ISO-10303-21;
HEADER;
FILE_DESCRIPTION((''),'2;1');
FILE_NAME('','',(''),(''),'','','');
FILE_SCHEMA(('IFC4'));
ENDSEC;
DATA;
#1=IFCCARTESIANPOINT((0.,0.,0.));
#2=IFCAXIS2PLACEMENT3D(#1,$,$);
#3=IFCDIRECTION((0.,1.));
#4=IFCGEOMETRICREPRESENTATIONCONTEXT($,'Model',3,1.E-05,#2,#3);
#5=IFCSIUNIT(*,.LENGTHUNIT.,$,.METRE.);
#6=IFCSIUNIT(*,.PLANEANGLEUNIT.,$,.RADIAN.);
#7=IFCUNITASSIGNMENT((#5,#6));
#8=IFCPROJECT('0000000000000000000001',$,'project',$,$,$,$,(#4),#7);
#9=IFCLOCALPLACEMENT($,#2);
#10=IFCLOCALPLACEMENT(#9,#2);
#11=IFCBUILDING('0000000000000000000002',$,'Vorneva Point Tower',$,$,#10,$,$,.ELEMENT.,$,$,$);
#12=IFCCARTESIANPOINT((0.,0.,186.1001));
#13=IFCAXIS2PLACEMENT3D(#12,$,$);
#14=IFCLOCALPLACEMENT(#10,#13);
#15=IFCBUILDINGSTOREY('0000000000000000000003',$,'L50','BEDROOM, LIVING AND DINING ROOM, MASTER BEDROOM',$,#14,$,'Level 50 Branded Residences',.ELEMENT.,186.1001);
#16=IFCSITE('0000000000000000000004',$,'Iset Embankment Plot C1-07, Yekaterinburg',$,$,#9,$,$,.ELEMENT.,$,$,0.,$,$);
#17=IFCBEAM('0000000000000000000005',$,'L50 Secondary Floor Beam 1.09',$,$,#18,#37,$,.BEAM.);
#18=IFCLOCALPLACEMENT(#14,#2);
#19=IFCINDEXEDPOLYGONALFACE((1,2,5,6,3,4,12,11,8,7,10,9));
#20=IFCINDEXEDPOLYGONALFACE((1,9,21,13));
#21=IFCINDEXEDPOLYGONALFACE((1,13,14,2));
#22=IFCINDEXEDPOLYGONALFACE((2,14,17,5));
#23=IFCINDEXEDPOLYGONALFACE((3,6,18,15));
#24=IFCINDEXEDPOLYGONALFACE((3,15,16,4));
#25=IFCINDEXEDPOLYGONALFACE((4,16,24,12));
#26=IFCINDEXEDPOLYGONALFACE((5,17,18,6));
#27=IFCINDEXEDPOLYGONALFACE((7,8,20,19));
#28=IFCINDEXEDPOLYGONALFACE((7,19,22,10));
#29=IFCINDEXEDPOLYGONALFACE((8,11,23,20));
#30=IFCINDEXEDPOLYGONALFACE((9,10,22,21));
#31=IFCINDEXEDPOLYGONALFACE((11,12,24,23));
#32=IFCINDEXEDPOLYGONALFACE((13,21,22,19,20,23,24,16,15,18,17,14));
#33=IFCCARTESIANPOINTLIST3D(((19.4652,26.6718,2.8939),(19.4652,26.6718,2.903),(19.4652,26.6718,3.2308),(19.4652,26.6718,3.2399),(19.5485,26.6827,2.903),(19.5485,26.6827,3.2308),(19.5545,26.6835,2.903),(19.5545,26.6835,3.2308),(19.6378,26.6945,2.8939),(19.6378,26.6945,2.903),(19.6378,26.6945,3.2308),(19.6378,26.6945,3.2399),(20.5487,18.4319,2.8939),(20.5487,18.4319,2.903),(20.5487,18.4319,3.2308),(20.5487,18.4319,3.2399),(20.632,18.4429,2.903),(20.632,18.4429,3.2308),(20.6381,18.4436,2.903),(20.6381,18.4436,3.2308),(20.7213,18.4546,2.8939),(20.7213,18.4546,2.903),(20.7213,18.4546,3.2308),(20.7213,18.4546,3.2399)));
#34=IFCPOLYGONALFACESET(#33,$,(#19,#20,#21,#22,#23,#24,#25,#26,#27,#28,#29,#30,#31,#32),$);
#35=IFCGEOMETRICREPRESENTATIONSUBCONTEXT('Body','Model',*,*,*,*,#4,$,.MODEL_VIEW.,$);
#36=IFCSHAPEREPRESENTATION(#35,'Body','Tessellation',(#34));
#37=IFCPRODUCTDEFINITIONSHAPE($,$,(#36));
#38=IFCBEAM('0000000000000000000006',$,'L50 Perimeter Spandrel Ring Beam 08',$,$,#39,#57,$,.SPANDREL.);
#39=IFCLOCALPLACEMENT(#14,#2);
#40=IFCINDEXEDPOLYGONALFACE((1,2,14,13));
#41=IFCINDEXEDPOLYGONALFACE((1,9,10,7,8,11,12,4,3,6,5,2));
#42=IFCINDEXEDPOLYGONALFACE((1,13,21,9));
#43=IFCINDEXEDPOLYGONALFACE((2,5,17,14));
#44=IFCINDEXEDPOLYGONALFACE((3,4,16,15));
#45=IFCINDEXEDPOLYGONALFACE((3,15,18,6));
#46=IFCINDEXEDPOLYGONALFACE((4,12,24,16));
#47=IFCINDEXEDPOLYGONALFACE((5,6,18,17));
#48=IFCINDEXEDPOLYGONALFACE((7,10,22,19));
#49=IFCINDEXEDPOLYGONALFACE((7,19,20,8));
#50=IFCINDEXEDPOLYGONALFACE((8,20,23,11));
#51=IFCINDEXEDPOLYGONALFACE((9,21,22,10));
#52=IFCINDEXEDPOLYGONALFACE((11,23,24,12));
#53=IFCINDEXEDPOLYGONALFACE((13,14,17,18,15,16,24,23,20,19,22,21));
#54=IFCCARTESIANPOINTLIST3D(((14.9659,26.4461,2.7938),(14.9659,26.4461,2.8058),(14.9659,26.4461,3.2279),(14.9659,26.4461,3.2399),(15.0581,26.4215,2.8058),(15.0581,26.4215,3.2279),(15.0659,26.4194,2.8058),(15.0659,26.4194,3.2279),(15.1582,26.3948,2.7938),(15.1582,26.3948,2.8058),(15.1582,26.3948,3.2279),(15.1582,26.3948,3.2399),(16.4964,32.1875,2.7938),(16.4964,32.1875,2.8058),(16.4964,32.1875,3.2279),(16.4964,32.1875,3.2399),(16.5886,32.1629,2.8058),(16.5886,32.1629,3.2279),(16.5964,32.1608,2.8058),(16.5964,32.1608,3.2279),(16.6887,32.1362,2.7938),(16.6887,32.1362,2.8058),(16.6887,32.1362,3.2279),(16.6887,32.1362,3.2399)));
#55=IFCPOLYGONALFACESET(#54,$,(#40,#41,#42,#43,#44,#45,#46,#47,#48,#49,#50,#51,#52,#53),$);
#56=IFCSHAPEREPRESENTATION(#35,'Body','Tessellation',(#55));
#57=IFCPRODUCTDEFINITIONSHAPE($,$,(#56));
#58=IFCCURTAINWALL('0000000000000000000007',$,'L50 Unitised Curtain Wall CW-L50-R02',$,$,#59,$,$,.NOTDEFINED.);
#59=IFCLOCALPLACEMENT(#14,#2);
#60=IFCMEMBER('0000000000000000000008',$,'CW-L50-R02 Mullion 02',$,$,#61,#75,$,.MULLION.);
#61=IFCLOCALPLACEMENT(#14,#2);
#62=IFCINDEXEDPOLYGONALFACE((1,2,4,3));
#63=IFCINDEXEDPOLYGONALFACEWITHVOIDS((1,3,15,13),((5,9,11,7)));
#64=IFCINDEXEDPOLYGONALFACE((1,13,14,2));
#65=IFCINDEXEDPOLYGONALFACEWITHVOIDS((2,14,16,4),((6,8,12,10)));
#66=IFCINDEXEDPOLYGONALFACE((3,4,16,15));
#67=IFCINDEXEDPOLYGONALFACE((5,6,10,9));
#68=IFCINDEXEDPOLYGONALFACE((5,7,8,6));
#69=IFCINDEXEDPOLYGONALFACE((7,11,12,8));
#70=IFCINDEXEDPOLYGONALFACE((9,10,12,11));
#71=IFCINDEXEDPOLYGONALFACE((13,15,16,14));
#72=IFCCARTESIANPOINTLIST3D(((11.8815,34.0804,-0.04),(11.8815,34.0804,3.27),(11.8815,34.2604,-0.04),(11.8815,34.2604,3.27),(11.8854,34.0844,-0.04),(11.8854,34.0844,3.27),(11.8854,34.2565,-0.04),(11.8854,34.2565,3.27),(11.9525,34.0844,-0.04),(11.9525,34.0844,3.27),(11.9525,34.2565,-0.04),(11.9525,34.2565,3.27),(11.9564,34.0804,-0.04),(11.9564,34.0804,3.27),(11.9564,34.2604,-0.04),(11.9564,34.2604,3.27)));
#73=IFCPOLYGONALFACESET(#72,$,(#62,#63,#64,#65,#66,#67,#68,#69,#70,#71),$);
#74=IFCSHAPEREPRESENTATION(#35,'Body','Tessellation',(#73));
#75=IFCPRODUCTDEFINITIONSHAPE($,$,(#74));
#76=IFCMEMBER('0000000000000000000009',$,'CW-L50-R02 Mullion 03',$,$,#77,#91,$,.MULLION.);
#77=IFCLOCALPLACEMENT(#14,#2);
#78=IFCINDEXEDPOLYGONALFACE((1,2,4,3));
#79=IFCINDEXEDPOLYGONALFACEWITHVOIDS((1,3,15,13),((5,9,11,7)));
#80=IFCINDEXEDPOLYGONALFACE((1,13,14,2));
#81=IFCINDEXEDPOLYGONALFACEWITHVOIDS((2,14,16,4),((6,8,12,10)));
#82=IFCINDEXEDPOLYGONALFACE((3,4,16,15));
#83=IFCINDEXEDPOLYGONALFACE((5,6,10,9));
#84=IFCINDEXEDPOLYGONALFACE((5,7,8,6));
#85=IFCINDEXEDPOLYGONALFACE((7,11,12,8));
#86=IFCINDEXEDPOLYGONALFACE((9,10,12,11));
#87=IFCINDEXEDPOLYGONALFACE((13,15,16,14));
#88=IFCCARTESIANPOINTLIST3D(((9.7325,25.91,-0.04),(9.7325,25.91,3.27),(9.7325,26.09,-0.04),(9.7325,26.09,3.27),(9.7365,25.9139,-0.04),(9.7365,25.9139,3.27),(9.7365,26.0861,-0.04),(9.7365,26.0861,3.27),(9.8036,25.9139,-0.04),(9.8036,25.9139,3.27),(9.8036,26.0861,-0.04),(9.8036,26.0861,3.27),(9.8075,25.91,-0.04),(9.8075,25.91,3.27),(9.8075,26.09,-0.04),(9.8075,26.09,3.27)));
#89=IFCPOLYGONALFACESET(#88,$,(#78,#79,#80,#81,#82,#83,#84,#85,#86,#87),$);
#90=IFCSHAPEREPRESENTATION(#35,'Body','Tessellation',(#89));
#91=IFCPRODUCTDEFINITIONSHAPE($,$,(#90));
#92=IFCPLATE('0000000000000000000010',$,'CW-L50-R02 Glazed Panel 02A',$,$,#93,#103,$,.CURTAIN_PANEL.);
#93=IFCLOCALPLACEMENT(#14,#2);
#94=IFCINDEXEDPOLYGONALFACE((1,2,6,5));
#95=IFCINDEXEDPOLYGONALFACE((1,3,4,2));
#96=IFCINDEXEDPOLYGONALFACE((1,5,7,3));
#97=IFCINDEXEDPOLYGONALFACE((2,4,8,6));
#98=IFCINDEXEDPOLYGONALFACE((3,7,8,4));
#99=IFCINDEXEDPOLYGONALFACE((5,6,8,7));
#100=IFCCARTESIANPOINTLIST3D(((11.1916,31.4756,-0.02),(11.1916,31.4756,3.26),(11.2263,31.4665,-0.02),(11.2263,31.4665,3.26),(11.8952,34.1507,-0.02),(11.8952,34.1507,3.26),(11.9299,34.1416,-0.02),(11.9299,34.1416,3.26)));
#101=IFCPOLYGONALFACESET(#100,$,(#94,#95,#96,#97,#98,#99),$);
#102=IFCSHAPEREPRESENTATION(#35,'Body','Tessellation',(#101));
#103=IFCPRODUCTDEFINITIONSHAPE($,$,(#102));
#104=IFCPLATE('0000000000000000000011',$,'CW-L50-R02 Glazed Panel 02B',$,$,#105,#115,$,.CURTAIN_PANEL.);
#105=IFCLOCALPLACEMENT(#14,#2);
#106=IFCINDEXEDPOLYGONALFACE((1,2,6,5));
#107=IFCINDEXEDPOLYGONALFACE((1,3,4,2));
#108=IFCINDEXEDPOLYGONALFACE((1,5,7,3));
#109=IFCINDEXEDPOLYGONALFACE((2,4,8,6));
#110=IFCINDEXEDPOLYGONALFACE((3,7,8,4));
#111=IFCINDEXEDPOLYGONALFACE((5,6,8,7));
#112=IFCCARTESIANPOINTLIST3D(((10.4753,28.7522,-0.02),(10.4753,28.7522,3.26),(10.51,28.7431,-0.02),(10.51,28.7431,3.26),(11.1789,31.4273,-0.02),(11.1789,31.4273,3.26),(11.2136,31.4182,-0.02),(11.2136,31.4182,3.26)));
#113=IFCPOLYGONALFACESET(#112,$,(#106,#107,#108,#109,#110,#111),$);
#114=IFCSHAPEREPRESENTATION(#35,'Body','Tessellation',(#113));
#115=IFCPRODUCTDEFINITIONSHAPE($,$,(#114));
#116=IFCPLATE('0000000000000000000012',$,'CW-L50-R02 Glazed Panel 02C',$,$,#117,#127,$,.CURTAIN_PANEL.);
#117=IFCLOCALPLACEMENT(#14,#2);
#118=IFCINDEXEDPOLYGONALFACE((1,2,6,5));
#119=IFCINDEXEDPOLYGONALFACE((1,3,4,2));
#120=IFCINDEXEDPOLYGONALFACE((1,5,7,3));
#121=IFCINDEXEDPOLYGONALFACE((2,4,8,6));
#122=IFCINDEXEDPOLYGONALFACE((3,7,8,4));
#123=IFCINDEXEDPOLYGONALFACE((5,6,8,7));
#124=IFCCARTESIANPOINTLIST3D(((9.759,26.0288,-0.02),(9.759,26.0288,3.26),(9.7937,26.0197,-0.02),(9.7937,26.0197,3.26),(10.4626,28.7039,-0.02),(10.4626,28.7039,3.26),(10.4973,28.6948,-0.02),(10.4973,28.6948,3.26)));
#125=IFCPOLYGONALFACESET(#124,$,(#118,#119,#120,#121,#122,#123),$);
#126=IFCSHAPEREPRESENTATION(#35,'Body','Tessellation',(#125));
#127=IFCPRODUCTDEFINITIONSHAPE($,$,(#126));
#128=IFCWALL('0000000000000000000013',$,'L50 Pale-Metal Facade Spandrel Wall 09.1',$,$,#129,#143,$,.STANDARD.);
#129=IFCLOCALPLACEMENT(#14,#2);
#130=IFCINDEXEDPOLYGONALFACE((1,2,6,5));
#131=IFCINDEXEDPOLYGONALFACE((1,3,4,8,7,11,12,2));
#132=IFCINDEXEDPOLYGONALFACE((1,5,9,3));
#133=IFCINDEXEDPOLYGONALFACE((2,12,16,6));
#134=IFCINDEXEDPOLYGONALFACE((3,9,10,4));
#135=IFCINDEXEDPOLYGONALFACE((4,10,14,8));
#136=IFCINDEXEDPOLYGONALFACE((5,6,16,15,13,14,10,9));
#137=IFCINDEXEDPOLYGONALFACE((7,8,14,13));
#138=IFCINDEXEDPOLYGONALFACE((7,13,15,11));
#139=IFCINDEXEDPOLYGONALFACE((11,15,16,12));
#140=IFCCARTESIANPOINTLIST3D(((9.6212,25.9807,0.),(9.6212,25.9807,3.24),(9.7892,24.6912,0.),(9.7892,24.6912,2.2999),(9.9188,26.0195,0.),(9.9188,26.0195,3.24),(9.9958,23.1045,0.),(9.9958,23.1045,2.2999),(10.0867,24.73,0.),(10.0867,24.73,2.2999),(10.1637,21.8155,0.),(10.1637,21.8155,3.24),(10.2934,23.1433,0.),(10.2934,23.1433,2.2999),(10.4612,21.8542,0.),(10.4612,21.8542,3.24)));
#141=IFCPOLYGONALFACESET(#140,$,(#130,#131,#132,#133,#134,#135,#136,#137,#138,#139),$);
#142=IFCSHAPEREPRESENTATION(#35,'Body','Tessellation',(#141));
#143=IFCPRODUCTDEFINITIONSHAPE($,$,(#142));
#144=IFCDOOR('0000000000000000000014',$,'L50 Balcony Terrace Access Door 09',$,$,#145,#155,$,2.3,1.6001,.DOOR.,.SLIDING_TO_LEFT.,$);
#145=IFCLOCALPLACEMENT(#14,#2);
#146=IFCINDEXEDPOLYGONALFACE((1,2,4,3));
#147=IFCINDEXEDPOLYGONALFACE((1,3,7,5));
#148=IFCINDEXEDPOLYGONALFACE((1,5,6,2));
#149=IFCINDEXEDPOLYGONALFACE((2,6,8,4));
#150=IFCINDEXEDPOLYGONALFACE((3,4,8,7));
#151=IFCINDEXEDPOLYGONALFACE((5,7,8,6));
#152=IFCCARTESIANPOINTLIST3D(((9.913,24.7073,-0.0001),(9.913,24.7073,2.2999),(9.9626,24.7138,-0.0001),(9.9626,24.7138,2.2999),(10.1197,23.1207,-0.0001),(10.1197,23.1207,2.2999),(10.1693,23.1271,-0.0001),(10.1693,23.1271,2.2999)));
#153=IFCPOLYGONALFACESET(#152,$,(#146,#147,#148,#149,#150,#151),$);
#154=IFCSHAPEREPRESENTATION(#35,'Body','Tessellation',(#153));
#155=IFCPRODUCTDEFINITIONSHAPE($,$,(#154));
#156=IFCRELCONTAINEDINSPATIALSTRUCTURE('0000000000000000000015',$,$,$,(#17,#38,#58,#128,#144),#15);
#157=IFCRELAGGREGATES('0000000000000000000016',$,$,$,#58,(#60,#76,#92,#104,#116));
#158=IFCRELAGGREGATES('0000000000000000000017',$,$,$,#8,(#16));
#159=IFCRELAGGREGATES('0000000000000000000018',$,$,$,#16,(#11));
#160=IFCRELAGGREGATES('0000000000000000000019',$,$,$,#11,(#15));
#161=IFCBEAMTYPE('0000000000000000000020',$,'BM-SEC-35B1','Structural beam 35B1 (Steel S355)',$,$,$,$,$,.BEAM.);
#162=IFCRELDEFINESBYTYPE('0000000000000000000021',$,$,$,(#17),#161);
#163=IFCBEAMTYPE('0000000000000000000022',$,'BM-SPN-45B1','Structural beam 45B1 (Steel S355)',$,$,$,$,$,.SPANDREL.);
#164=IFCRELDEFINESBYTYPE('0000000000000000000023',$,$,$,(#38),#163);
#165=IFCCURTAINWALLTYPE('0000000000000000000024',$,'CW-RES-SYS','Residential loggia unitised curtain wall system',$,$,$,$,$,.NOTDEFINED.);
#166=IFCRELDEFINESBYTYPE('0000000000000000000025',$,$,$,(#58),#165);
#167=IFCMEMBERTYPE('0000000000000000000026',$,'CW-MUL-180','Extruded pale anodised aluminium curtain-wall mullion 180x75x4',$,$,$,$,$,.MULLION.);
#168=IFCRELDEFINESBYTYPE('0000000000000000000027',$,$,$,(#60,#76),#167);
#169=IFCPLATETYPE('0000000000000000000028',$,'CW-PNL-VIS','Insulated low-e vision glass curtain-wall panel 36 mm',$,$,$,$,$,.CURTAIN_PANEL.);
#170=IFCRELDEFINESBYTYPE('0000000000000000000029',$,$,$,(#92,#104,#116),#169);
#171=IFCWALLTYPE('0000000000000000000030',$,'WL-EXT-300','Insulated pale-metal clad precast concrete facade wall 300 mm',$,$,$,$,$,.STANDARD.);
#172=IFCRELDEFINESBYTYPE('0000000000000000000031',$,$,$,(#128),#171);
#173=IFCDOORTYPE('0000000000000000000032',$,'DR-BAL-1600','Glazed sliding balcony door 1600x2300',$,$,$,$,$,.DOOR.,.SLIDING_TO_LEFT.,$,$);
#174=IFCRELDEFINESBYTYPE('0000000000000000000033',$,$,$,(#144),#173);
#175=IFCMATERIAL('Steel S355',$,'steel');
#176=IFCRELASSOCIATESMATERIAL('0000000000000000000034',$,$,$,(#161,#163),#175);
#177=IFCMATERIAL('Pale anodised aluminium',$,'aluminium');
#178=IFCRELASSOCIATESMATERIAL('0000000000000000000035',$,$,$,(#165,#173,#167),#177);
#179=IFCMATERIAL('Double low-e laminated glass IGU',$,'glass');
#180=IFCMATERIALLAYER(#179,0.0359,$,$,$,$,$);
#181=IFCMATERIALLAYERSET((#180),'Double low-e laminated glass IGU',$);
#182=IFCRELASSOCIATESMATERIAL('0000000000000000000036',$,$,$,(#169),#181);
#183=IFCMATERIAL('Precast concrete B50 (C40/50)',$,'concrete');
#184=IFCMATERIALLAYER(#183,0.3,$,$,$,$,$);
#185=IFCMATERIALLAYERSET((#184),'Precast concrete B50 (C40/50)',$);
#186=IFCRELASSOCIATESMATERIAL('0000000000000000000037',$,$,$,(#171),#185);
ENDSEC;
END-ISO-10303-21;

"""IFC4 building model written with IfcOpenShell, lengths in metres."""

from ifc_helpers import new_model, si_unit, direction, frame, frame_2d, origin, origin_2d, place, context, subcontext, project, spatial, rectangle, hollow_rectangle, i_section, extrude, material, layer, layer_set, material_profile, profile_set, type_object, element, fill, aggregate, save


model = new_model("IFC4")

# Units and contexts
model_context = context("Model", 3, precision=1e-05, world=origin(), true_north=direction((0.0, 1.0)))
body_context = subcontext(model_context, "Body", "Model", "MODEL_VIEW")
ifc_project = project(units=[si_unit("LENGTHUNIT", "METRE"), si_unit("PLANEANGLEUNIT", "RADIAN")], contexts=[model_context])

# Site, building, storey
site_placement = place(None, origin())
site = spatial("IfcSite", under=ifc_project, at=site_placement, Name="Iset Embankment Plot C1-07, Yekaterinburg", CompositionType="ELEMENT", RefElevation=0.0)
building_placement = place(site_placement, origin())
building = spatial("IfcBuilding", under=site, at=building_placement, Name="Vorneva Point Tower", CompositionType="ELEMENT")
storey_placement = place(building_placement, frame((0.0, 0.0, 186.1001)))
storey = spatial("IfcBuildingStorey", under=building, at=storey_placement, Name="L50", Description="BEDROOM, LIVING AND DINING ROOM, MASTER BEDROOM", LongName="Level 50 Branded Residences", CompositionType="ELEMENT", Elevation=186.1001)

# Beams
ifc_material_1 = material(Name="Steel S355", Category="steel")
ifc_material_profile_1 = material_profile(ifc_material_1, i_section(OverallWidth=0.1741, OverallDepth=0.3459, WebThickness=0.0061, FlangeThickness=0.009, at=origin_2d()), Name="35B1")
ifc_profile_set_1 = profile_set([ifc_material_profile_1], Name="Steel S355")
beam_type_1 = type_object("IfcBeamType", Name="BM-SEC-35B1", Description="Structural beam 35B1 (Steel S355)", PredefinedType="BEAM", material=ifc_profile_set_1)
beam_1_placement = place(storey_placement, frame((19.5515, 26.6831, 3.0669), z_axis=(0.130374, -0.991465, 0.0), x_axis=(0.991465, 0.130374, 0.0)))
element("IfcBeam", 1, at=beam_1_placement, inside=storey, type_object=beam_type_1, Name="L50 Secondary Floor Beam 1.09", PredefinedType="BEAM", context=body_context, shape_type="SweptSolid", body=[
    extrude(i_section(OverallWidth=0.1741, OverallDepth=0.3459, WebThickness=0.0061, FlangeThickness=0.009, at=origin_2d()), origin(), (0.0, 0.0, 1.0), 8.3108),
])
ifc_material_profile_2 = material_profile(ifc_material_1, i_section(OverallWidth=0.199, OverallDepth=0.446, WebThickness=0.0081, FlangeThickness=0.012, at=origin_2d()), Name="45B1")
ifc_profile_set_2 = profile_set([ifc_material_profile_2], Name="Steel S355")
beam_type_2 = type_object("IfcBeamType", Name="BM-SPN-45B1", Description="Structural beam 45B1 (Steel S355)", PredefinedType="SPANDREL", material=ifc_profile_set_2)
beam_2_placement = place(storey_placement, frame((16.5925, 32.1619, 3.0168), z_axis=(-0.257578, -0.966257, 0.0), x_axis=(0.966257, -0.257578, 0.0)))
element("IfcBeam", 2, at=beam_2_placement, inside=storey, type_object=beam_type_2, Name="L50 Perimeter Spandrel Ring Beam 08", PredefinedType="SPANDREL", context=body_context, shape_type="SweptSolid", body=[
    extrude(i_section(OverallWidth=0.199, OverallDepth=0.446, WebThickness=0.0081, FlangeThickness=0.012, at=origin_2d()), origin(), (0.0, 0.0, 1.0), 5.9419),
])

# Curtain wall, members, plates
ifc_material_2 = material(Name="Pale anodised aluminium", Category="aluminium")
curtain_wall_type = type_object("IfcCurtainWallType", Name="CW-RES-SYS", Description="Residential loggia unitised curtain wall system", PredefinedType="NOTDEFINED", material=ifc_material_2)
curtain_wall_placement = place(storey_placement, origin())
curtain_wall = element("IfcCurtainWall", 3, at=curtain_wall_placement, inside=storey, type_object=curtain_wall_type, Name="L50 Unitised Curtain Wall CW-L50-R02", PredefinedType="NOTDEFINED")
ifc_material_profile_3 = material_profile(ifc_material_2, hollow_rectangle(XDim=0.075, YDim=0.1799, WallThickness=0.0039, at=origin_2d()), Name="AL-MUL 180x75x4")
ifc_profile_set_3 = profile_set([ifc_material_profile_3], Name="Pale anodised aluminium")
member_type = type_object("IfcMemberType", Name="CW-MUL-180", Description="Extruded pale anodised aluminium curtain-wall mullion 180x75x4", PredefinedType="MULLION", material=ifc_profile_set_3)
member_1_placement = place(storey_placement, frame((11.9189, 34.1704, -0.04), z_axis=(0.0, 0.0, 1.0), x_axis=(1.0, 0.0, 0.0)))
member_1 = element("IfcMember", 4, at=member_1_placement, type_object=member_type, Name="CW-L50-R02 Mullion 02", PredefinedType="MULLION", context=body_context, shape_type="SweptSolid", body=[
    extrude(hollow_rectangle(XDim=0.075, YDim=0.1799, WallThickness=0.0039, at=origin_2d()), origin(), (0.0, 0.0, 1.0), 3.3101),
])
member_2_placement = place(storey_placement, frame((9.77, 26.0, -0.04), z_axis=(0.0, 0.0, 1.0), x_axis=(1.0, 0.0, 0.0)))
member_2 = element("IfcMember", 5, at=member_2_placement, type_object=member_type, Name="CW-L50-R02 Mullion 03", PredefinedType="MULLION", context=body_context, shape_type="SweptSolid", body=[
    extrude(hollow_rectangle(XDim=0.075, YDim=0.1799, WallThickness=0.0039, at=origin_2d()), origin(), (0.0, 0.0, 1.0), 3.3101),
])
ifc_material_3 = material(Name="Double low-e laminated glass IGU", Category="glass")
ifc_layer_1 = layer(ifc_material_3, 0.0359)
ifc_layer_set_1 = layer_set([ifc_layer_1], Name="Double low-e laminated glass IGU")
plate_type = type_object("IfcPlateType", Name="CW-PNL-VIS", Description="Insulated low-e vision glass curtain-wall panel 36 mm", PredefinedType="CURTAIN_PANEL", material=ifc_layer_set_1)
plate_1_placement = place(storey_placement, frame((11.5608, 32.8086, -0.02), z_axis=(0.0, 0.0, 1.0), x_axis=(-0.254366, -0.967108, 0.0)))
plate_1 = element("IfcPlate", 6, at=plate_1_placement, type_object=plate_type, Name="CW-L50-R02 Glazed Panel 02A", PredefinedType="CURTAIN_PANEL", context=body_context, shape_type="SweptSolid", body=[
    extrude(rectangle(XDim=2.7661, YDim=0.0359, at=origin_2d()), origin(), (0.0, 0.0, 1.0), 3.28),
])
plate_2_placement = place(storey_placement, frame((10.8445, 30.0852, -0.02), z_axis=(0.0, 0.0, 1.0), x_axis=(-0.254366, -0.967108, 0.0)))
plate_2 = element("IfcPlate", 7, at=plate_2_placement, type_object=plate_type, Name="CW-L50-R02 Glazed Panel 02B", PredefinedType="CURTAIN_PANEL", context=body_context, shape_type="SweptSolid", body=[
    extrude(rectangle(XDim=2.7661, YDim=0.0359, at=origin_2d()), origin(), (0.0, 0.0, 1.0), 3.28),
])
plate_3_placement = place(storey_placement, frame((10.1282, 27.3618, -0.02), z_axis=(0.0, 0.0, 1.0), x_axis=(-0.254366, -0.967108, 0.0)))
plate_3 = element("IfcPlate", 8, at=plate_3_placement, type_object=plate_type, Name="CW-L50-R02 Glazed Panel 02C", PredefinedType="CURTAIN_PANEL", context=body_context, shape_type="SweptSolid", body=[
    extrude(rectangle(XDim=2.7661, YDim=0.0359, at=origin_2d()), origin(), (0.0, 0.0, 1.0), 3.28),
])
aggregate(curtain_wall, [member_1, member_2, plate_1, plate_2, plate_3])

# Wall, opening, door
ifc_material_4 = material(Name="Precast concrete B50 (C40/50)", Category="concrete")
ifc_layer_2 = layer(ifc_material_4, 0.3)
ifc_layer_set_2 = layer_set([ifc_layer_2], Name="Precast concrete B50 (C40/50)")
wall_type_1 = type_object("IfcWallType", Name="WL-EXT-300", Description="Insulated pale-metal clad precast concrete facade wall 300 mm", PredefinedType="STANDARD", material=ifc_layer_set_2)
wall_1_placement = place(storey_placement, frame((9.77, 26.0, 0.0), z_axis=(0.0, 0.0, 1.0), x_axis=(0.129148, -0.991625, 0.0)))
wall_1 = element("IfcWall", 9, at=wall_1_placement, inside=storey, type_object=wall_type_1, Name="L50 Pale-Metal Facade Spandrel Wall 09.1", PredefinedType="STANDARD", context=body_context, shape_type="SweptSolid", body=[
    extrude(rectangle(XDim=4.2004, YDim=0.3, at=frame_2d((2.1001, 0.0))), origin(), (0.0, 0.0, 1.0), 3.24),
])
opening_1_placement = place(wall_1_placement, frame((1.3003, 0.0, 0.0)))
opening_1 = element("IfcOpeningElement", 10, at=opening_1_placement, cuts=wall_1, PredefinedType="OPENING", context=body_context, shape_type="SweptSolid", body=[
    extrude(rectangle(XDim=1.6001, YDim=2.3, at=frame_2d((0.8, 1.1499))), frame((0.0, 0.165, 0.0), z_axis=(0.0, -1.0, 0.0), x_axis=(1.0, 0.0, 0.0)), (0.0, 0.0, 1.0), 0.3298),
])
door_type_1 = type_object("IfcDoorType", Name="DR-BAL-1600", Description="Glazed sliding balcony door 1600x2300", OperationType="SLIDING_TO_LEFT", PredefinedType="DOOR", material=ifc_material_2)
door_1_placement = place(opening_1_placement, origin())
door_1 = element("IfcDoor", 11, at=door_1_placement, inside=storey, type_object=door_type_1, Name="L50 Balcony Terrace Access Door 09", OperationType="SLIDING_TO_LEFT", OverallHeight=2.3, OverallWidth=1.6001, PredefinedType="DOOR", context=body_context, shape_type="SweptSolid", body=[
    extrude(rectangle(XDim=1.6001, YDim=2.3, at=frame_2d((0.8, 1.1499))), frame((0.0, 0.0249, 0.0), z_axis=(0.0, -1.0, 0.0), x_axis=(1.0, 0.0, 0.0)), (0.0, 0.0, 1.0), 0.05),
])
fill(opening_1, door_1)

save(model, "model.ifc")
